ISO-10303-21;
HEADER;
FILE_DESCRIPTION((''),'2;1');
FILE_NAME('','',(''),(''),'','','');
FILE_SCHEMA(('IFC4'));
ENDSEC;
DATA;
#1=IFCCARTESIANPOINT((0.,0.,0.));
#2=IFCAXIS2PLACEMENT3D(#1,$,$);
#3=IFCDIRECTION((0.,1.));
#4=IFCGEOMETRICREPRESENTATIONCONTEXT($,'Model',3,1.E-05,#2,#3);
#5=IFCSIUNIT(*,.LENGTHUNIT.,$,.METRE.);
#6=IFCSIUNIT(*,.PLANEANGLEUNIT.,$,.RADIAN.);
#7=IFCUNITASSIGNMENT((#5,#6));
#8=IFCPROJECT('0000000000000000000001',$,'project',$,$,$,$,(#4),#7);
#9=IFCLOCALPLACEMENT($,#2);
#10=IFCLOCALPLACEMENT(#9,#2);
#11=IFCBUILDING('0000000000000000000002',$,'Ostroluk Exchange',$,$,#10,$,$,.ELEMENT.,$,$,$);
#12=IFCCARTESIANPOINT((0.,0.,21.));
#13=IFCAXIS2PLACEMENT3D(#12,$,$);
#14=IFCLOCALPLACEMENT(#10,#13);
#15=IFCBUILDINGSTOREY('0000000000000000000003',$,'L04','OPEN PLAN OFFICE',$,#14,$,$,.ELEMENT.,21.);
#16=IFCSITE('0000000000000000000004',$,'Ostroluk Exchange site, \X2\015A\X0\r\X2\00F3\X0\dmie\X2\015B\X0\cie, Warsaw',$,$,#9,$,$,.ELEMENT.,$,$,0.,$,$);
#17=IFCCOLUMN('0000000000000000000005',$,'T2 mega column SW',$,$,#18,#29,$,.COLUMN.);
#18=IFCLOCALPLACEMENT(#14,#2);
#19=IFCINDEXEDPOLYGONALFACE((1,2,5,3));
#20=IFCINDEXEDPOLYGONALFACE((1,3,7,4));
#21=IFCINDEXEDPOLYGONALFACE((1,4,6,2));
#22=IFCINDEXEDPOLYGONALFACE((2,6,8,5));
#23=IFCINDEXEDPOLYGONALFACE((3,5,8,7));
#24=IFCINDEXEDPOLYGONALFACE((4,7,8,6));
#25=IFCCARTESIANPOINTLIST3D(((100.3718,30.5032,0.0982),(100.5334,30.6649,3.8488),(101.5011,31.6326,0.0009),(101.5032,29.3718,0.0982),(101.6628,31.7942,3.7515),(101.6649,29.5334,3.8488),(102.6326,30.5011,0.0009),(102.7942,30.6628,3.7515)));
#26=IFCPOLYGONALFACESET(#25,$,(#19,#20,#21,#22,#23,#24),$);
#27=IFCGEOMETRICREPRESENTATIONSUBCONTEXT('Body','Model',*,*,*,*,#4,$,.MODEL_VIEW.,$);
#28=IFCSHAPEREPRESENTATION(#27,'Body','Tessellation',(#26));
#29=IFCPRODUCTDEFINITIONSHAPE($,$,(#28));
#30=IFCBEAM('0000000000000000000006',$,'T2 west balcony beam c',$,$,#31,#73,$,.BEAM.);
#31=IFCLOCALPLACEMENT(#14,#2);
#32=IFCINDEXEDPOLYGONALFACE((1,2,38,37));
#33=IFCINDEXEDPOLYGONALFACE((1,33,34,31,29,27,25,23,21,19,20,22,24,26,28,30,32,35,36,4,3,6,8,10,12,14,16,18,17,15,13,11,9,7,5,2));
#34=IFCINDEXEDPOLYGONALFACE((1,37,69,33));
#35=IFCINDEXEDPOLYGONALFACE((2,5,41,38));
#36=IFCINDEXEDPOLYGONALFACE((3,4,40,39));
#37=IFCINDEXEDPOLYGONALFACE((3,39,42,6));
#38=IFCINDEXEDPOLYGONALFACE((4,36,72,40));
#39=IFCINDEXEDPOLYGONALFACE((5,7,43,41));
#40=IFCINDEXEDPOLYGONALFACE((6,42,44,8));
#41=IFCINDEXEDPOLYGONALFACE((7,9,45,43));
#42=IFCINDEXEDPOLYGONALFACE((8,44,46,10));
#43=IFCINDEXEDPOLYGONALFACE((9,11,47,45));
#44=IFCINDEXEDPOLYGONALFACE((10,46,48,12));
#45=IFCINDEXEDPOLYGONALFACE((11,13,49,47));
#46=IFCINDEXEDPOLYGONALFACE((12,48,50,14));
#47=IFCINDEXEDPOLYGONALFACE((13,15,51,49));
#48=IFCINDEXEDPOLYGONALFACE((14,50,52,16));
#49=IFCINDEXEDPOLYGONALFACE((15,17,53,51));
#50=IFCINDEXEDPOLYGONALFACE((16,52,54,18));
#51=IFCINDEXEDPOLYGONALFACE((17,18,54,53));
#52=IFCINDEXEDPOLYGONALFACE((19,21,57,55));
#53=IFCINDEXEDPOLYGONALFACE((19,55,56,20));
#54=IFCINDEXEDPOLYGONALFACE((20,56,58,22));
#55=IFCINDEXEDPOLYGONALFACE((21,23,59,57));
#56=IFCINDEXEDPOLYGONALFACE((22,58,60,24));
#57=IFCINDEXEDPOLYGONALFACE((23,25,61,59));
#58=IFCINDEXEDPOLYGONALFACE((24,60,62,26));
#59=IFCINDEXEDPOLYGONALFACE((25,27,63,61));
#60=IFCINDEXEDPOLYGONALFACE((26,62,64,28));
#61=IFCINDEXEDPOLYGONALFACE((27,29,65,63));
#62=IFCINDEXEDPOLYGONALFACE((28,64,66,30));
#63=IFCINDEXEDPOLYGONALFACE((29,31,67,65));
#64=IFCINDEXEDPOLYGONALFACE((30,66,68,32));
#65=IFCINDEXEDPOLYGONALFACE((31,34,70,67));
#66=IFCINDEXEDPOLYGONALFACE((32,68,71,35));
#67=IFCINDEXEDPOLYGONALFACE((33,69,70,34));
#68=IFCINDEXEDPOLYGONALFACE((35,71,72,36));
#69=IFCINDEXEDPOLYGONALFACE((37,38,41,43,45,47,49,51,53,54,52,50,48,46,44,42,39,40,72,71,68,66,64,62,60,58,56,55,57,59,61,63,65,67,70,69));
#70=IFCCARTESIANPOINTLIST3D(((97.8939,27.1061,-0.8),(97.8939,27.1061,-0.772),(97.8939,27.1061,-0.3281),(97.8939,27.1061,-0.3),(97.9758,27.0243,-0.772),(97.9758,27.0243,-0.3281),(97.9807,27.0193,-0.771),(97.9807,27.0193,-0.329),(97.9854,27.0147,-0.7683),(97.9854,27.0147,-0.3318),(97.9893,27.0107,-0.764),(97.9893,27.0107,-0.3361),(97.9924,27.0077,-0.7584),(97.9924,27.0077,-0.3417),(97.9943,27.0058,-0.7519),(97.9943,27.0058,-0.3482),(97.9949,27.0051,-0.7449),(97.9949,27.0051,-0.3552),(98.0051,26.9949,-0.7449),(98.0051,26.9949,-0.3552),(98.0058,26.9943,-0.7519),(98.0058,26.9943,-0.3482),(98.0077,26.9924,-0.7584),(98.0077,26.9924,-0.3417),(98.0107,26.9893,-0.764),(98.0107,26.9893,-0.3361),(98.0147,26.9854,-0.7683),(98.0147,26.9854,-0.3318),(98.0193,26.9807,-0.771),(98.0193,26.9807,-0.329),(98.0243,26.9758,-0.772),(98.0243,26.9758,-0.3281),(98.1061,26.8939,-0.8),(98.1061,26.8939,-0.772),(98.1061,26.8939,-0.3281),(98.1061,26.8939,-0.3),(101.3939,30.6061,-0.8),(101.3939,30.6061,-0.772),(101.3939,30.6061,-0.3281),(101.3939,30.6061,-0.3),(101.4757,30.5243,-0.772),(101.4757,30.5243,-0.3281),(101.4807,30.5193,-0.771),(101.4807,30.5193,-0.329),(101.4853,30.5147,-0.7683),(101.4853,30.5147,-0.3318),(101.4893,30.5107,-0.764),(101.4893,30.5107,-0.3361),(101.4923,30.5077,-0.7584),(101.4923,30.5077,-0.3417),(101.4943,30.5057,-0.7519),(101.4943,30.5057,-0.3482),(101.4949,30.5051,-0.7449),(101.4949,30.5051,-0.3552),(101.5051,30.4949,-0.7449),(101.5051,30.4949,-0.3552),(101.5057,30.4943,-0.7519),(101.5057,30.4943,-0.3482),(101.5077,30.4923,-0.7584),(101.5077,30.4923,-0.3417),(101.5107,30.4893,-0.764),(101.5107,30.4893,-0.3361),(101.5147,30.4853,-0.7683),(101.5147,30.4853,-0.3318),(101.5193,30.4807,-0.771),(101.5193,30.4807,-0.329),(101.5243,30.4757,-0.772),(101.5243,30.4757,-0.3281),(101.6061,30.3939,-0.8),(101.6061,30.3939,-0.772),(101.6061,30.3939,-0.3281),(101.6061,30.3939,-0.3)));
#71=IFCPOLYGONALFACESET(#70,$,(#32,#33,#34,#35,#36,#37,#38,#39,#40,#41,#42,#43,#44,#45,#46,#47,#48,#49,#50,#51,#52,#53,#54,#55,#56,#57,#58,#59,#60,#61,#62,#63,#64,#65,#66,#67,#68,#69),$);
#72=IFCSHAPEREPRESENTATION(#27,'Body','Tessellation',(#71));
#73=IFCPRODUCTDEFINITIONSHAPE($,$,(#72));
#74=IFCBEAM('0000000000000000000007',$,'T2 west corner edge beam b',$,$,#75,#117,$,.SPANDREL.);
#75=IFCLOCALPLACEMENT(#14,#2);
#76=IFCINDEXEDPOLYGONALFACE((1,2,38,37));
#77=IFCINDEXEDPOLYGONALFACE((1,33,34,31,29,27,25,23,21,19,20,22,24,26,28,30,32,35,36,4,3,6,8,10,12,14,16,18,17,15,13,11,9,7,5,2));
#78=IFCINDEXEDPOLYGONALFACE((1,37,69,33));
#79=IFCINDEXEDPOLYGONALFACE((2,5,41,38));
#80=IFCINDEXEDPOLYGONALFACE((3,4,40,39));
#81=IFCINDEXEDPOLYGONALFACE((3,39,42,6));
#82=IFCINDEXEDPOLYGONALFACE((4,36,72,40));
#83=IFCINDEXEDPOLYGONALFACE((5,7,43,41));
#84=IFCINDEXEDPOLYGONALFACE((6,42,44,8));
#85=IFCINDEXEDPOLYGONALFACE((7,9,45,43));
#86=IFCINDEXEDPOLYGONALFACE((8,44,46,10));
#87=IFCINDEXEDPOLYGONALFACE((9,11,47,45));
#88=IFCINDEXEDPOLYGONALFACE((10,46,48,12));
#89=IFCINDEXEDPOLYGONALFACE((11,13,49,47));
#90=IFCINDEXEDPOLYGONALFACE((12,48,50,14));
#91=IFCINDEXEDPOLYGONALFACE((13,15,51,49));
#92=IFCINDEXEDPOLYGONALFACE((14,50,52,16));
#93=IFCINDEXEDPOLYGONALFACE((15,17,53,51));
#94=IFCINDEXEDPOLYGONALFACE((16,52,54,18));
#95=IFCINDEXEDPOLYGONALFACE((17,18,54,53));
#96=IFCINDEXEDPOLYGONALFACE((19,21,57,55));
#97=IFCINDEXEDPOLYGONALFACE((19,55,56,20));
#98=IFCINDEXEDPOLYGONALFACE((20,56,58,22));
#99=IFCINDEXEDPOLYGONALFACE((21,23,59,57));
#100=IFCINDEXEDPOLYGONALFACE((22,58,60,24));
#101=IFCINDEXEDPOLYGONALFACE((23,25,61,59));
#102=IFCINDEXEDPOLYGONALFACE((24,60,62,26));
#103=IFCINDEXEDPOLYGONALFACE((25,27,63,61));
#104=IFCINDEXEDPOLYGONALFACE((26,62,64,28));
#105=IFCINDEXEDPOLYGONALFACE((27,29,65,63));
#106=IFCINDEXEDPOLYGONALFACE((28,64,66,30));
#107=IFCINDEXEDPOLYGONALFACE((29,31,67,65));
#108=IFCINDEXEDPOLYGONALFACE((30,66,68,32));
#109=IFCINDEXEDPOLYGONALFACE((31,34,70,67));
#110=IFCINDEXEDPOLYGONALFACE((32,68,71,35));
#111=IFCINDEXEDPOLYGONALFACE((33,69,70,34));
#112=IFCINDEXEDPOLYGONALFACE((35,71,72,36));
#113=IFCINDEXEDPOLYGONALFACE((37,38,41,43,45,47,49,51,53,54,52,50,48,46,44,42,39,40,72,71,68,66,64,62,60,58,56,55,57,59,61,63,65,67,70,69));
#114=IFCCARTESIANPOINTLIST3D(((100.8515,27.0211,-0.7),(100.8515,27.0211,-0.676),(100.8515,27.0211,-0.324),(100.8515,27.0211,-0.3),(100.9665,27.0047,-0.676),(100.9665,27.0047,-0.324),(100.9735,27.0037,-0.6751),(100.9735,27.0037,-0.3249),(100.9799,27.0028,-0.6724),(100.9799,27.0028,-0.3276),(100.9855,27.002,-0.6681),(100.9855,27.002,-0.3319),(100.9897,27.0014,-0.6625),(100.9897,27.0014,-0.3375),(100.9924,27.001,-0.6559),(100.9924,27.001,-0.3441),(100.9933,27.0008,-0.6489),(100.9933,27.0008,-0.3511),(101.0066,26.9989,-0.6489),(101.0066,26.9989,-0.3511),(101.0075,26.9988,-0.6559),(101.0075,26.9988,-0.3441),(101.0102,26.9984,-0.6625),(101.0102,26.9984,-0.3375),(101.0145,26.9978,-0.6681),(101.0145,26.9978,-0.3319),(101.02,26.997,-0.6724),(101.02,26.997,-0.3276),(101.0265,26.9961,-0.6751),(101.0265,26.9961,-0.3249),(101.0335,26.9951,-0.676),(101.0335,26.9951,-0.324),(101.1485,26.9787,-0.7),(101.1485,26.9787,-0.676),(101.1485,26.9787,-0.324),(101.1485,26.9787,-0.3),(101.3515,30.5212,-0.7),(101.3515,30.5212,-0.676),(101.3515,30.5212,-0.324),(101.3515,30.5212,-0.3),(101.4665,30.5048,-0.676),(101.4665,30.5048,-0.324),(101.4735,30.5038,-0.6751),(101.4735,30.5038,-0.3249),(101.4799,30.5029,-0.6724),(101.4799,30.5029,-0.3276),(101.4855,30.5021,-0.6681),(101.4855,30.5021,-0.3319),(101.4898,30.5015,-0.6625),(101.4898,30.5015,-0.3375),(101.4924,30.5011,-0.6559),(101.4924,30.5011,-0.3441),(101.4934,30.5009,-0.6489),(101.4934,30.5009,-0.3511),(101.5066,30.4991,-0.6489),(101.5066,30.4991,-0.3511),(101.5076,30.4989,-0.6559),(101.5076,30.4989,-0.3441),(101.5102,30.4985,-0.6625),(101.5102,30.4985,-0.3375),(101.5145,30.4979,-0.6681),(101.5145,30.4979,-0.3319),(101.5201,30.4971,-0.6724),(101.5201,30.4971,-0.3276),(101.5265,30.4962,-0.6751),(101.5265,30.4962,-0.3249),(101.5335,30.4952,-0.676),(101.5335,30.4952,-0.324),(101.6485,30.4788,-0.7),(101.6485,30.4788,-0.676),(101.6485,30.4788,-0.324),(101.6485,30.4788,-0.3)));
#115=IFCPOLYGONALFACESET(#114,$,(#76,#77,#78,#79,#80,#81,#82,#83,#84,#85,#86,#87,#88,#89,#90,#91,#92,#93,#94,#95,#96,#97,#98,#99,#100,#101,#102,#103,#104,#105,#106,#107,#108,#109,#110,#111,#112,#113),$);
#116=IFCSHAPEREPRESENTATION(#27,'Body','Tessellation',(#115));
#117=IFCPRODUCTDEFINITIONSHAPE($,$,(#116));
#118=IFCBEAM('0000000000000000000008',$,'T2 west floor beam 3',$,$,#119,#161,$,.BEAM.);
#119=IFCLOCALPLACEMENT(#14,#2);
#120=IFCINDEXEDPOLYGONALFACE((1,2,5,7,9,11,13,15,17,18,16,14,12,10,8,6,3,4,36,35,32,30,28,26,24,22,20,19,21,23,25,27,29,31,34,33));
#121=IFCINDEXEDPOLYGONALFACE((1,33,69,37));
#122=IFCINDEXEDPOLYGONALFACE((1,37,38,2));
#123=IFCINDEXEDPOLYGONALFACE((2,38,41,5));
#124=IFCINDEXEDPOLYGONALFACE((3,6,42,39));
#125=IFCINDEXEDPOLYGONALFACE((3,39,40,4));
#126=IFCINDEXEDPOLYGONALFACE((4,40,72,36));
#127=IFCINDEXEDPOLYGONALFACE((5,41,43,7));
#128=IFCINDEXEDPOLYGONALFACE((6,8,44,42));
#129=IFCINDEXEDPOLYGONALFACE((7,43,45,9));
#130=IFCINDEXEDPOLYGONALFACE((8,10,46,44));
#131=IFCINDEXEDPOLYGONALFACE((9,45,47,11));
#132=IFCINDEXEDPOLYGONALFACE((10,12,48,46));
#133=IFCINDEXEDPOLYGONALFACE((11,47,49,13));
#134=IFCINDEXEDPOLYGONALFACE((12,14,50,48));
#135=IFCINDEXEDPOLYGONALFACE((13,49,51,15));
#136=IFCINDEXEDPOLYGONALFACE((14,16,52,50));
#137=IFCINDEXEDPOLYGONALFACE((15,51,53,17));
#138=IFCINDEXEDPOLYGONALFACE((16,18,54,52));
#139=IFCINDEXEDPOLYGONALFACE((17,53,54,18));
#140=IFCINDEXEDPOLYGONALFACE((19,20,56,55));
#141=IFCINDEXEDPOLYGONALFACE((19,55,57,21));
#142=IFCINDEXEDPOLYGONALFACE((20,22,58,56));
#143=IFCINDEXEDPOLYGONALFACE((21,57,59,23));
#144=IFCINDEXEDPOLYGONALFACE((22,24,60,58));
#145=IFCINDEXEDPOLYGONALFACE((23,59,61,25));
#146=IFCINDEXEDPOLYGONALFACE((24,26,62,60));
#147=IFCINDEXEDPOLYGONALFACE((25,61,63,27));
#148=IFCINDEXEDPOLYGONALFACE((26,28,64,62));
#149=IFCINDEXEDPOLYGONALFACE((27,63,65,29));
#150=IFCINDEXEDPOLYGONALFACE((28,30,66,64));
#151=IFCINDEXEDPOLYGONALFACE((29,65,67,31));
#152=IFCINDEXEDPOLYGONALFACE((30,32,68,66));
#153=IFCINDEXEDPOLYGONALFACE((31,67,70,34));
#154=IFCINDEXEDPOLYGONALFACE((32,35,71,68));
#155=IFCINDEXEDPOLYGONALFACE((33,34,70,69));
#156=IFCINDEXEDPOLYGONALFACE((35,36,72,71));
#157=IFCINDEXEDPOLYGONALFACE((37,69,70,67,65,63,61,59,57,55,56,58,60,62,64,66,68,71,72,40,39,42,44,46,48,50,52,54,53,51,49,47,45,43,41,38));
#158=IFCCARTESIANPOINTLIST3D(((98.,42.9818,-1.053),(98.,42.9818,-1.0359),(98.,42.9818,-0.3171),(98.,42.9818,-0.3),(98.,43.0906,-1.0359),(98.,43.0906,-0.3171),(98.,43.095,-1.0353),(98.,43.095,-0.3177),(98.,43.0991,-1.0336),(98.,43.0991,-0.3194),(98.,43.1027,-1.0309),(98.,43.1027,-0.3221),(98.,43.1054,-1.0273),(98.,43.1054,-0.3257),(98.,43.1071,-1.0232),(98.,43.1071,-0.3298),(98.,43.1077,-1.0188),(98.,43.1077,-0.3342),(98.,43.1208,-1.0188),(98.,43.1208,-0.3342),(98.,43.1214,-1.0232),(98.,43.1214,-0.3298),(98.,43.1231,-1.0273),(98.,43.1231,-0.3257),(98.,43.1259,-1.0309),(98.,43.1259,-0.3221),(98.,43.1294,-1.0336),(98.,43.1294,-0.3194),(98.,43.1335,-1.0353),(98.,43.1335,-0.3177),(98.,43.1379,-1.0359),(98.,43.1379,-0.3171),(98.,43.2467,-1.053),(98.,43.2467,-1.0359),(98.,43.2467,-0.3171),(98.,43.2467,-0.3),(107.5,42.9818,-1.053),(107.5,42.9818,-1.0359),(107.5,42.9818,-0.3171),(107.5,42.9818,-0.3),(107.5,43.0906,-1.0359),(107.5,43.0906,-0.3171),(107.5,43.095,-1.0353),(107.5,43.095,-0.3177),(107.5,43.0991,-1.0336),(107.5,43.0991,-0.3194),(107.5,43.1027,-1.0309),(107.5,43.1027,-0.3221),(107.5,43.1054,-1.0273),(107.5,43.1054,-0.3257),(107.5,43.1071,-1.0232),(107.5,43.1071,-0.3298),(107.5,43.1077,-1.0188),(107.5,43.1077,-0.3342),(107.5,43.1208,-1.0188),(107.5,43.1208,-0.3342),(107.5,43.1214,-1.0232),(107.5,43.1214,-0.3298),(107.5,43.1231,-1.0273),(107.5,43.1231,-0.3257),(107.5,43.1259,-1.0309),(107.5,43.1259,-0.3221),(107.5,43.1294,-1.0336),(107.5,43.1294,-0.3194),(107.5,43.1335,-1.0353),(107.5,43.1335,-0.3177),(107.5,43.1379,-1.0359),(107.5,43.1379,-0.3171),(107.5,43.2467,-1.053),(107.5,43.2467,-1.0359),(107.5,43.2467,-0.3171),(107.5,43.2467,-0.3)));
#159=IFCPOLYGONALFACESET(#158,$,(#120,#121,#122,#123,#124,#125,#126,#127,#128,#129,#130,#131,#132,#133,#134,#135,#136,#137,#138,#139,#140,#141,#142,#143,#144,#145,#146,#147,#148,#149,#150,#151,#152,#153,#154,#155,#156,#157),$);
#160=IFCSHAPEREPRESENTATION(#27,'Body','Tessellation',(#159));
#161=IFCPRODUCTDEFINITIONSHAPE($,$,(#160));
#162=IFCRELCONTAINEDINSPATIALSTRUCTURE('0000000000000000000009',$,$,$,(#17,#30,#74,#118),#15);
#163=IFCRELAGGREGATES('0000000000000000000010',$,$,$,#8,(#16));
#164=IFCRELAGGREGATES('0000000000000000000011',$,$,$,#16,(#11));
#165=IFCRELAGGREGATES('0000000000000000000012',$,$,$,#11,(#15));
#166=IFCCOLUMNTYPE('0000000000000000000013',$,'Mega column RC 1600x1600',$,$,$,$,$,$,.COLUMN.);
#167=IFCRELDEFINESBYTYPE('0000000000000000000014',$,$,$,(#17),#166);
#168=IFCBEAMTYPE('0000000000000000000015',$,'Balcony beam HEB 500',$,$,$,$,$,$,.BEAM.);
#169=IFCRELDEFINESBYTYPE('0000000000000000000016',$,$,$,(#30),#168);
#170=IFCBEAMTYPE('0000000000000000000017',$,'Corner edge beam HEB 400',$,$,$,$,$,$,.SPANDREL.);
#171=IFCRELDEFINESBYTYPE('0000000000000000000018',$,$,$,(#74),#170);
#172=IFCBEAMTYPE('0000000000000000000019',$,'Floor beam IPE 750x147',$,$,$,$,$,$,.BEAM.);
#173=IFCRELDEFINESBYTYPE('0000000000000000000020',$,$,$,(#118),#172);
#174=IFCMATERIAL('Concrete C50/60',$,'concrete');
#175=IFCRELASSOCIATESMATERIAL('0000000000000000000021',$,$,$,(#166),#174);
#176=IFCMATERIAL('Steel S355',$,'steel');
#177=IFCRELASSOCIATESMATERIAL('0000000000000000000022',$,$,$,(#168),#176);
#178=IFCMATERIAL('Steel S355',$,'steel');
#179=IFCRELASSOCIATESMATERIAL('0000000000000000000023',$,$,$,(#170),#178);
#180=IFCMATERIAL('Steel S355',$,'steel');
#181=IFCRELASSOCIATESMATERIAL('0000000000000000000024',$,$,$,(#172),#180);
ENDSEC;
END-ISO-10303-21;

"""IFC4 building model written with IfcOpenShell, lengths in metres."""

from ifc_helpers import new_model, si_unit, direction, frame, origin, origin_2d, place, context, subcontext, project, spatial, rectangle, i_section, extrude, material, material_profile, profile_set, type_object, element, save


model = new_model("IFC4")

# Units and contexts
model_context = context("Model", 3, precision=1e-05, world=origin(), true_north=direction((0.0, 1.0)))
body_context = subcontext(model_context, "Body", "Model", "MODEL_VIEW")
ifc_project = project(units=[si_unit("LENGTHUNIT", "METRE"), si_unit("PLANEANGLEUNIT", "RADIAN")], contexts=[model_context])

# Site, building, storey
site_placement = place(None, origin())
site = spatial("IfcSite", under=ifc_project, at=site_placement, Name="Ostroluk Exchange site, Śródmieście, Warsaw", CompositionType="ELEMENT", RefElevation=0.0)
building_placement = place(site_placement, origin())
building = spatial("IfcBuilding", under=site, at=building_placement, Name="Ostroluk Exchange", CompositionType="ELEMENT")
storey_placement = place(building_placement, frame((0.0, 0.0, 21.0)))
storey = spatial("IfcBuildingStorey", under=building, at=storey_placement, Name="L04", Description="OPEN PLAN OFFICE", CompositionType="ELEMENT", Elevation=21.0)

# Column
ifc_material_1 = material(Name="Concrete C50/60", Category="concrete")
ifc_material_profile_1 = material_profile(ifc_material_1, rectangle(XDim=1.6001, YDim=1.6001, at=origin_2d()), Name="RC 1600x1600")
ifc_profile_set_1 = profile_set([ifc_material_profile_1], Name="Concrete C50/60")
column_type = type_object("IfcColumnType", Name="Mega column RC 1600x1600", PredefinedType="COLUMN", material=ifc_profile_set_1)
column_placement = place(storey_placement, frame((101.5022, 30.5022, 0.0496), z_axis=(0.043014, 0.043014, 0.998148), x_axis=(-0.707107, 0.707107, 0.0)))
element("IfcColumn", 1, at=column_placement, inside=storey, type_object=column_type, Name="T2 mega column SW", PredefinedType="COLUMN", context=body_context, shape_type="SweptSolid", body=[
    extrude(rectangle(XDim=1.6001, YDim=1.6001, at=origin_2d()), origin(), (0.0, 0.0, 1.0), 3.7576),
])

# Beams
ifc_material_2 = material(Name="Steel S355", Category="steel")
ifc_material_profile_2 = material_profile(ifc_material_2, i_section(OverallWidth=0.3, OverallDepth=0.5, WebThickness=0.0144, FlangeThickness=0.0281, FilletRadius=0.0271, at=origin_2d()), Name="HEB 500")
ifc_profile_set_2 = profile_set([ifc_material_profile_2], Name="Steel S355")
beam_type_1 = type_object("IfcBeamType", Name="Balcony beam HEB 500", PredefinedType="BEAM", material=ifc_profile_set_2)
beam_1_placement = place(storey_placement, frame((101.5, 30.5, -0.55), z_axis=(-0.707107, -0.707107, 0.0), x_axis=(0.707107, -0.707107, 0.0)))
element("IfcBeam", 2, at=beam_1_placement, inside=storey, type_object=beam_type_1, Name="T2 west balcony beam c", PredefinedType="BEAM", context=body_context, shape_type="SweptSolid", body=[
    extrude(i_section(OverallWidth=0.3, OverallDepth=0.5, WebThickness=0.0144, FlangeThickness=0.0281, FilletRadius=0.0271, at=origin_2d()), origin(), (0.0, 0.0, 1.0), 4.9497),
])
ifc_material_3 = material(Name="Steel S355", Category="steel")
ifc_material_profile_3 = material_profile(ifc_material_3, i_section(OverallWidth=0.3, OverallDepth=0.3999, WebThickness=0.0134, FlangeThickness=0.0239, FilletRadius=0.0271, at=origin_2d()), Name="HEB 400")
ifc_profile_set_3 = profile_set([ifc_material_profile_3], Name="Steel S355")
beam_type_2 = type_object("IfcBeamType", Name="Corner edge beam HEB 400", PredefinedType="SPANDREL", material=ifc_profile_set_3)
beam_2_placement = place(storey_placement, frame((101.5, 30.5, -0.5), z_axis=(-0.141421, -0.989949, 0.0), x_axis=(0.989949, -0.141421, 0.0)))
element("IfcBeam", 3, at=beam_2_placement, inside=storey, type_object=beam_type_2, Name="T2 west corner edge beam b", PredefinedType="SPANDREL", context=body_context, shape_type="SweptSolid", body=[
    extrude(i_section(OverallWidth=0.3, OverallDepth=0.3999, WebThickness=0.0134, FlangeThickness=0.0239, FilletRadius=0.0271, at=origin_2d()), origin(), (0.0, 0.0, 1.0), 3.5356),
])
ifc_material_4 = material(Name="Steel S355", Category="steel")
ifc_material_profile_4 = material_profile(ifc_material_4, i_section(OverallWidth=0.2649, OverallDepth=0.7529, WebThickness=0.0132, FlangeThickness=0.0171, FilletRadius=0.0171, at=origin_2d()), Name="IPE 750x147")
ifc_profile_set_4 = profile_set([ifc_material_profile_4], Name="Steel S355")
beam_type_3 = type_object("IfcBeamType", Name="Floor beam IPE 750x147", PredefinedType="BEAM", material=ifc_profile_set_4)
for number, where, z_axis, x_axis, name in (
    (4, (107.5, 43.1143, -0.6765), (-1.0, 0.0, 0.0), (0.0, -1.0, 0.0), "T2 west floor beam 3"),
):
    element("IfcBeam", number, at=place(storey_placement, frame(where, z_axis=z_axis, x_axis=x_axis)), inside=storey, type_object=beam_type_3, Name=name, PredefinedType="BEAM", context=body_context, shape_type="SweptSolid", body=[
        extrude(i_section(OverallWidth=0.2649, OverallDepth=0.7529, WebThickness=0.0132, FlangeThickness=0.0171, FilletRadius=0.0171, at=origin_2d()), origin(), (0.0, 0.0, 1.0), 9.5),
    ])

save(model, "model.ifc")
